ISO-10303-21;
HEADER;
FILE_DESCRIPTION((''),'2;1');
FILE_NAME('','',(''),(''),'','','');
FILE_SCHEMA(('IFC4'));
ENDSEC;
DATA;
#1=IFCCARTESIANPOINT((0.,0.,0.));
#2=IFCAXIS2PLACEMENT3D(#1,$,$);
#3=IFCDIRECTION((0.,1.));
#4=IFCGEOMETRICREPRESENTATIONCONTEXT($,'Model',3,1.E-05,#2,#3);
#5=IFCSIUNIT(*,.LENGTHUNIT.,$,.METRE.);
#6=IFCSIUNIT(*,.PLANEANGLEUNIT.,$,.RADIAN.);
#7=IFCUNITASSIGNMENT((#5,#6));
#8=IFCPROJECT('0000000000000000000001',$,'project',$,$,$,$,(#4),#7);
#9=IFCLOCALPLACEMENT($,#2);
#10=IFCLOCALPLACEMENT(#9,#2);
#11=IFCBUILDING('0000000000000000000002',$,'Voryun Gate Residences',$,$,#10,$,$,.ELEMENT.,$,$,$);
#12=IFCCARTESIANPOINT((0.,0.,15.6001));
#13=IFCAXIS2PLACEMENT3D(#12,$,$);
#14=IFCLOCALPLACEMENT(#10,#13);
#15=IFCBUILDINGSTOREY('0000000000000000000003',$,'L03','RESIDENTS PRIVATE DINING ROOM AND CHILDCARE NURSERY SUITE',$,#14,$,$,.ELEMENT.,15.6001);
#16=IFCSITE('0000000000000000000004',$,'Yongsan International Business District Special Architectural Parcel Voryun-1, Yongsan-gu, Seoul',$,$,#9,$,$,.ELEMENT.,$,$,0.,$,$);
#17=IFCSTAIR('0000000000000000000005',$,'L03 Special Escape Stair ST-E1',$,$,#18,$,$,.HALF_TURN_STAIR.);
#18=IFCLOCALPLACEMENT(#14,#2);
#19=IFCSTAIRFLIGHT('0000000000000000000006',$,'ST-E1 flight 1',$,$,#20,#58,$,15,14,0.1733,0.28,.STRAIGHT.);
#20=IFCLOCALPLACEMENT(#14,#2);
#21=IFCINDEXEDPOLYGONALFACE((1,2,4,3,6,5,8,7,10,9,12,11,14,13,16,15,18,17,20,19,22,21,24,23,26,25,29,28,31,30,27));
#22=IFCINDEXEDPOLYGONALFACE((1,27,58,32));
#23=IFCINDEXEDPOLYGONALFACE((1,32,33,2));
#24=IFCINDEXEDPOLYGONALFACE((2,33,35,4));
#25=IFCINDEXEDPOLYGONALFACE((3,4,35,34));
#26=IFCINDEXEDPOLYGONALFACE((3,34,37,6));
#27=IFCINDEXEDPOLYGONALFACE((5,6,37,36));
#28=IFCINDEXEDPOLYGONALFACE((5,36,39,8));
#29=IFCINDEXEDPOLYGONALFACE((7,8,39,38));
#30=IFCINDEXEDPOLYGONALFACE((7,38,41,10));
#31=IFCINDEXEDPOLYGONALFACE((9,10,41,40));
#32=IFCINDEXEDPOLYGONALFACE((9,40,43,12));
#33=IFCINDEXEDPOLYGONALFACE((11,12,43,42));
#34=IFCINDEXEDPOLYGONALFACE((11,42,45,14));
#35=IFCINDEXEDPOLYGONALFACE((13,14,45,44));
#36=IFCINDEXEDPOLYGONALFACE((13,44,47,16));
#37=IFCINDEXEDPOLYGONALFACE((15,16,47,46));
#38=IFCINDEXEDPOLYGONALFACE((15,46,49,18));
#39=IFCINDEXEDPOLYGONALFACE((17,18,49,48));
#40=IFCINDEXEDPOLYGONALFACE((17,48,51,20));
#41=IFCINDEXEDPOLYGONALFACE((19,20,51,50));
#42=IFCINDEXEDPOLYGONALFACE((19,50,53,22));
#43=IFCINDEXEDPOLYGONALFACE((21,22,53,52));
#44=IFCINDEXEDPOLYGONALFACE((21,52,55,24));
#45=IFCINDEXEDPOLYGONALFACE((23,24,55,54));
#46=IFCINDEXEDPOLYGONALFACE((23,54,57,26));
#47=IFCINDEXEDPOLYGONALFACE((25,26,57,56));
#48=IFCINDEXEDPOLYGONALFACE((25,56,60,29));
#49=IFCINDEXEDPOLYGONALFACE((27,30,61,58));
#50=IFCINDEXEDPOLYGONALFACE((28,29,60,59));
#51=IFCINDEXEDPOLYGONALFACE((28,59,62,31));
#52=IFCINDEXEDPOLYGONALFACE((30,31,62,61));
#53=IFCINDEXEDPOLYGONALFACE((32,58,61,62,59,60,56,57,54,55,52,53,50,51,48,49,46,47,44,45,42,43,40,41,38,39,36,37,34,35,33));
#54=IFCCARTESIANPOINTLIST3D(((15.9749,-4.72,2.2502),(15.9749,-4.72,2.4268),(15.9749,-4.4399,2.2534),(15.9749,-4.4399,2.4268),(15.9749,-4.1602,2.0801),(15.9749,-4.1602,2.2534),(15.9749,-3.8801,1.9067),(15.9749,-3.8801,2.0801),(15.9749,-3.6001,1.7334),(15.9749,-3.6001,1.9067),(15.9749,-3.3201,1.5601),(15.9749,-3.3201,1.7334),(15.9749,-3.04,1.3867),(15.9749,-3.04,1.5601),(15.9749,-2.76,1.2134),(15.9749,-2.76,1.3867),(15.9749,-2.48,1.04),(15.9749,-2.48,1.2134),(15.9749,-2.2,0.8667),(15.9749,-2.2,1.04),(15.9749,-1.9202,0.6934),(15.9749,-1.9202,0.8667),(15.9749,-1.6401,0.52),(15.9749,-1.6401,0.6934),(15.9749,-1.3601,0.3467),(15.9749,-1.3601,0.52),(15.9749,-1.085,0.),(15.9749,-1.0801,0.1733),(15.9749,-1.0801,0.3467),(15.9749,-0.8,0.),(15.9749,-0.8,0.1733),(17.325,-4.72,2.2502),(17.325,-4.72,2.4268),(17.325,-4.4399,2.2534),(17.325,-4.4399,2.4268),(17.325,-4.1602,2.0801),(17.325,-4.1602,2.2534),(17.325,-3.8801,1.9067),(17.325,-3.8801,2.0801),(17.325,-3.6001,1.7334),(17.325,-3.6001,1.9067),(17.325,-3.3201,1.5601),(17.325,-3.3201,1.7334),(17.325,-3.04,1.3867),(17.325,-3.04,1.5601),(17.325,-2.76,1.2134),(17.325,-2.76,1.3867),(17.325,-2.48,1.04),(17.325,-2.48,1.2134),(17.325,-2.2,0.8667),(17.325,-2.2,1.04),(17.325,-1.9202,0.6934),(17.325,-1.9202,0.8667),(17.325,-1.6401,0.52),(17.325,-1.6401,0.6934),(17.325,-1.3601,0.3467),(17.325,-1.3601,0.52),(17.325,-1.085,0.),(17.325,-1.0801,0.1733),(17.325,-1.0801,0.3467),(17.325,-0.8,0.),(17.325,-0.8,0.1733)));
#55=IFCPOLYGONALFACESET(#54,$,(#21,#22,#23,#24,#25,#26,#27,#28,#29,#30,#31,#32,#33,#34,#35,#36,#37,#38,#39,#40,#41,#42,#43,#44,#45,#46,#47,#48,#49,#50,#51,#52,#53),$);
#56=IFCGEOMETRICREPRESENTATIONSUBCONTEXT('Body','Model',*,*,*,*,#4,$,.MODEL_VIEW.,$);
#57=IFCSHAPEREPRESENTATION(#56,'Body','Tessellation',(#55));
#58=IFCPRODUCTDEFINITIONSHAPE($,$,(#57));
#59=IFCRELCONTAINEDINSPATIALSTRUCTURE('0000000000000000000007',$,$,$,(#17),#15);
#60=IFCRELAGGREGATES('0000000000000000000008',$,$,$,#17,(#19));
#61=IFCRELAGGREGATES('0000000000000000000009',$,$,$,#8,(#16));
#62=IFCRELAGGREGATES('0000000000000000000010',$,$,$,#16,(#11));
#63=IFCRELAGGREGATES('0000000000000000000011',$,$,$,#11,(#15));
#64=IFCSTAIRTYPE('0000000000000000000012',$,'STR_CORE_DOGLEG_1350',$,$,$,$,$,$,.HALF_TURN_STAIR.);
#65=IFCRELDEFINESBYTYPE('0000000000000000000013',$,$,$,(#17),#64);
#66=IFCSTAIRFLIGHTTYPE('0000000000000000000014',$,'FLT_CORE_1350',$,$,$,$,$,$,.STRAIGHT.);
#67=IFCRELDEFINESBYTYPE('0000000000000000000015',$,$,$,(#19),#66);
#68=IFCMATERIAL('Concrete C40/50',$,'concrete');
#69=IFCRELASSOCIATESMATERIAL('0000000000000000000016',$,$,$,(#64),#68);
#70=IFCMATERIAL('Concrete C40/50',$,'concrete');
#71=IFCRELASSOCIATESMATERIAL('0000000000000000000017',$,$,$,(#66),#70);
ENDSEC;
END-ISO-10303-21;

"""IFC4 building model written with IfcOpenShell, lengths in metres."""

from ifc_helpers import new_model, si_unit, direction, frame, origin, place, context, subcontext, project, spatial, polyline, outline, extrude, material, type_object, element, aggregate, save


model = new_model("IFC4")

# Units and contexts
model_context = context("Model", 3, precision=1e-05, world=origin(), true_north=direction((0.0, 1.0)))
body_context = subcontext(model_context, "Body", "Model", "MODEL_VIEW")
ifc_project = project(units=[si_unit("LENGTHUNIT", "METRE"), si_unit("PLANEANGLEUNIT", "RADIAN")], contexts=[model_context])

# Site, building, storey
site_placement = place(None, origin())
site = spatial("IfcSite", under=ifc_project, at=site_placement, Name="Yongsan International Business District Special Architectural Parcel Voryun-1, Yongsan-gu, Seoul", CompositionType="ELEMENT", RefElevation=0.0)
building_placement = place(site_placement, origin())
building = spatial("IfcBuilding", under=site, at=building_placement, Name="Voryun Gate Residences", CompositionType="ELEMENT")
storey_placement = place(building_placement, frame((0.0, 0.0, 15.6001)))
storey = spatial("IfcBuildingStorey", under=building, at=storey_placement, Name="L03", Description="RESIDENTS PRIVATE DINING ROOM AND CHILDCARE NURSERY SUITE", CompositionType="ELEMENT", Elevation=15.6001)

# Stair, stair flight
ifc_material_1 = material(Name="Concrete C40/50", Category="concrete")
stair_type = type_object("IfcStairType", Name="STR_CORE_DOGLEG_1350", PredefinedType="HALF_TURN_STAIR", material=ifc_material_1)
stair_placement = place(storey_placement, origin())
stair = element("IfcStair", 1, at=stair_placement, inside=storey, type_object=stair_type, Name="L03 Special Escape Stair ST-E1", PredefinedType="HALF_TURN_STAIR")
ifc_material_2 = material(Name="Concrete C40/50", Category="concrete")
stair_flight_type = type_object("IfcStairFlightType", Name="FLT_CORE_1350", PredefinedType="STRAIGHT", material=ifc_material_2)
stair_flight_placement = place(storey_placement, frame((16.6499, -0.8, 0.0), z_axis=(0.0, 0.0, 1.0), x_axis=(0.0, -1.0, 0.0)))
stair_flight = element("IfcStairFlight", 2, at=stair_flight_placement, type_object=stair_flight_type, Name="ST-E1 flight 1", NumberOfRisers=15, NumberOfTreads=14, PredefinedType="STRAIGHT", RiserHeight=0.1733, TreadLength=0.28, context=body_context, shape_type="SweptSolid", body=[
    extrude(outline(polyline([(0.0, 0.0), (0.0, 0.1733), (0.28, 0.1733), (0.28, 0.3467), (0.5601, 0.3467), (0.5601, 0.52), (0.8401, 0.52), (0.8401, 0.6934), (1.1201, 0.6934), (1.1201, 0.8667), (1.3999, 0.8667), (1.3999, 1.04), (1.6799, 1.04), (1.6799, 1.2134), (1.96, 1.2134), (1.96, 1.3867), (2.24, 1.3867), (2.24, 1.5601), (2.52, 1.5601), (2.52, 1.7334), (2.8, 1.7334), (2.8, 1.9067), (3.0801, 1.9067), (3.0801, 2.0801), (3.3601, 2.0801), (3.3601, 2.2534), (3.6399, 2.2534), (3.6399, 2.4268), (3.9199, 2.4268), (3.9199, 2.6001), (3.9199, 2.2502), (0.2849, 0.0), (0.0, 0.0)])), frame((0.0, 0.675, 0.0), z_axis=(0.0, -1.0, 0.0), x_axis=(1.0, 0.0, 0.0)), (0.0, 0.0, 1.0), 1.3501),
])
aggregate(stair, [stair_flight])

save(model, "model.ifc")
